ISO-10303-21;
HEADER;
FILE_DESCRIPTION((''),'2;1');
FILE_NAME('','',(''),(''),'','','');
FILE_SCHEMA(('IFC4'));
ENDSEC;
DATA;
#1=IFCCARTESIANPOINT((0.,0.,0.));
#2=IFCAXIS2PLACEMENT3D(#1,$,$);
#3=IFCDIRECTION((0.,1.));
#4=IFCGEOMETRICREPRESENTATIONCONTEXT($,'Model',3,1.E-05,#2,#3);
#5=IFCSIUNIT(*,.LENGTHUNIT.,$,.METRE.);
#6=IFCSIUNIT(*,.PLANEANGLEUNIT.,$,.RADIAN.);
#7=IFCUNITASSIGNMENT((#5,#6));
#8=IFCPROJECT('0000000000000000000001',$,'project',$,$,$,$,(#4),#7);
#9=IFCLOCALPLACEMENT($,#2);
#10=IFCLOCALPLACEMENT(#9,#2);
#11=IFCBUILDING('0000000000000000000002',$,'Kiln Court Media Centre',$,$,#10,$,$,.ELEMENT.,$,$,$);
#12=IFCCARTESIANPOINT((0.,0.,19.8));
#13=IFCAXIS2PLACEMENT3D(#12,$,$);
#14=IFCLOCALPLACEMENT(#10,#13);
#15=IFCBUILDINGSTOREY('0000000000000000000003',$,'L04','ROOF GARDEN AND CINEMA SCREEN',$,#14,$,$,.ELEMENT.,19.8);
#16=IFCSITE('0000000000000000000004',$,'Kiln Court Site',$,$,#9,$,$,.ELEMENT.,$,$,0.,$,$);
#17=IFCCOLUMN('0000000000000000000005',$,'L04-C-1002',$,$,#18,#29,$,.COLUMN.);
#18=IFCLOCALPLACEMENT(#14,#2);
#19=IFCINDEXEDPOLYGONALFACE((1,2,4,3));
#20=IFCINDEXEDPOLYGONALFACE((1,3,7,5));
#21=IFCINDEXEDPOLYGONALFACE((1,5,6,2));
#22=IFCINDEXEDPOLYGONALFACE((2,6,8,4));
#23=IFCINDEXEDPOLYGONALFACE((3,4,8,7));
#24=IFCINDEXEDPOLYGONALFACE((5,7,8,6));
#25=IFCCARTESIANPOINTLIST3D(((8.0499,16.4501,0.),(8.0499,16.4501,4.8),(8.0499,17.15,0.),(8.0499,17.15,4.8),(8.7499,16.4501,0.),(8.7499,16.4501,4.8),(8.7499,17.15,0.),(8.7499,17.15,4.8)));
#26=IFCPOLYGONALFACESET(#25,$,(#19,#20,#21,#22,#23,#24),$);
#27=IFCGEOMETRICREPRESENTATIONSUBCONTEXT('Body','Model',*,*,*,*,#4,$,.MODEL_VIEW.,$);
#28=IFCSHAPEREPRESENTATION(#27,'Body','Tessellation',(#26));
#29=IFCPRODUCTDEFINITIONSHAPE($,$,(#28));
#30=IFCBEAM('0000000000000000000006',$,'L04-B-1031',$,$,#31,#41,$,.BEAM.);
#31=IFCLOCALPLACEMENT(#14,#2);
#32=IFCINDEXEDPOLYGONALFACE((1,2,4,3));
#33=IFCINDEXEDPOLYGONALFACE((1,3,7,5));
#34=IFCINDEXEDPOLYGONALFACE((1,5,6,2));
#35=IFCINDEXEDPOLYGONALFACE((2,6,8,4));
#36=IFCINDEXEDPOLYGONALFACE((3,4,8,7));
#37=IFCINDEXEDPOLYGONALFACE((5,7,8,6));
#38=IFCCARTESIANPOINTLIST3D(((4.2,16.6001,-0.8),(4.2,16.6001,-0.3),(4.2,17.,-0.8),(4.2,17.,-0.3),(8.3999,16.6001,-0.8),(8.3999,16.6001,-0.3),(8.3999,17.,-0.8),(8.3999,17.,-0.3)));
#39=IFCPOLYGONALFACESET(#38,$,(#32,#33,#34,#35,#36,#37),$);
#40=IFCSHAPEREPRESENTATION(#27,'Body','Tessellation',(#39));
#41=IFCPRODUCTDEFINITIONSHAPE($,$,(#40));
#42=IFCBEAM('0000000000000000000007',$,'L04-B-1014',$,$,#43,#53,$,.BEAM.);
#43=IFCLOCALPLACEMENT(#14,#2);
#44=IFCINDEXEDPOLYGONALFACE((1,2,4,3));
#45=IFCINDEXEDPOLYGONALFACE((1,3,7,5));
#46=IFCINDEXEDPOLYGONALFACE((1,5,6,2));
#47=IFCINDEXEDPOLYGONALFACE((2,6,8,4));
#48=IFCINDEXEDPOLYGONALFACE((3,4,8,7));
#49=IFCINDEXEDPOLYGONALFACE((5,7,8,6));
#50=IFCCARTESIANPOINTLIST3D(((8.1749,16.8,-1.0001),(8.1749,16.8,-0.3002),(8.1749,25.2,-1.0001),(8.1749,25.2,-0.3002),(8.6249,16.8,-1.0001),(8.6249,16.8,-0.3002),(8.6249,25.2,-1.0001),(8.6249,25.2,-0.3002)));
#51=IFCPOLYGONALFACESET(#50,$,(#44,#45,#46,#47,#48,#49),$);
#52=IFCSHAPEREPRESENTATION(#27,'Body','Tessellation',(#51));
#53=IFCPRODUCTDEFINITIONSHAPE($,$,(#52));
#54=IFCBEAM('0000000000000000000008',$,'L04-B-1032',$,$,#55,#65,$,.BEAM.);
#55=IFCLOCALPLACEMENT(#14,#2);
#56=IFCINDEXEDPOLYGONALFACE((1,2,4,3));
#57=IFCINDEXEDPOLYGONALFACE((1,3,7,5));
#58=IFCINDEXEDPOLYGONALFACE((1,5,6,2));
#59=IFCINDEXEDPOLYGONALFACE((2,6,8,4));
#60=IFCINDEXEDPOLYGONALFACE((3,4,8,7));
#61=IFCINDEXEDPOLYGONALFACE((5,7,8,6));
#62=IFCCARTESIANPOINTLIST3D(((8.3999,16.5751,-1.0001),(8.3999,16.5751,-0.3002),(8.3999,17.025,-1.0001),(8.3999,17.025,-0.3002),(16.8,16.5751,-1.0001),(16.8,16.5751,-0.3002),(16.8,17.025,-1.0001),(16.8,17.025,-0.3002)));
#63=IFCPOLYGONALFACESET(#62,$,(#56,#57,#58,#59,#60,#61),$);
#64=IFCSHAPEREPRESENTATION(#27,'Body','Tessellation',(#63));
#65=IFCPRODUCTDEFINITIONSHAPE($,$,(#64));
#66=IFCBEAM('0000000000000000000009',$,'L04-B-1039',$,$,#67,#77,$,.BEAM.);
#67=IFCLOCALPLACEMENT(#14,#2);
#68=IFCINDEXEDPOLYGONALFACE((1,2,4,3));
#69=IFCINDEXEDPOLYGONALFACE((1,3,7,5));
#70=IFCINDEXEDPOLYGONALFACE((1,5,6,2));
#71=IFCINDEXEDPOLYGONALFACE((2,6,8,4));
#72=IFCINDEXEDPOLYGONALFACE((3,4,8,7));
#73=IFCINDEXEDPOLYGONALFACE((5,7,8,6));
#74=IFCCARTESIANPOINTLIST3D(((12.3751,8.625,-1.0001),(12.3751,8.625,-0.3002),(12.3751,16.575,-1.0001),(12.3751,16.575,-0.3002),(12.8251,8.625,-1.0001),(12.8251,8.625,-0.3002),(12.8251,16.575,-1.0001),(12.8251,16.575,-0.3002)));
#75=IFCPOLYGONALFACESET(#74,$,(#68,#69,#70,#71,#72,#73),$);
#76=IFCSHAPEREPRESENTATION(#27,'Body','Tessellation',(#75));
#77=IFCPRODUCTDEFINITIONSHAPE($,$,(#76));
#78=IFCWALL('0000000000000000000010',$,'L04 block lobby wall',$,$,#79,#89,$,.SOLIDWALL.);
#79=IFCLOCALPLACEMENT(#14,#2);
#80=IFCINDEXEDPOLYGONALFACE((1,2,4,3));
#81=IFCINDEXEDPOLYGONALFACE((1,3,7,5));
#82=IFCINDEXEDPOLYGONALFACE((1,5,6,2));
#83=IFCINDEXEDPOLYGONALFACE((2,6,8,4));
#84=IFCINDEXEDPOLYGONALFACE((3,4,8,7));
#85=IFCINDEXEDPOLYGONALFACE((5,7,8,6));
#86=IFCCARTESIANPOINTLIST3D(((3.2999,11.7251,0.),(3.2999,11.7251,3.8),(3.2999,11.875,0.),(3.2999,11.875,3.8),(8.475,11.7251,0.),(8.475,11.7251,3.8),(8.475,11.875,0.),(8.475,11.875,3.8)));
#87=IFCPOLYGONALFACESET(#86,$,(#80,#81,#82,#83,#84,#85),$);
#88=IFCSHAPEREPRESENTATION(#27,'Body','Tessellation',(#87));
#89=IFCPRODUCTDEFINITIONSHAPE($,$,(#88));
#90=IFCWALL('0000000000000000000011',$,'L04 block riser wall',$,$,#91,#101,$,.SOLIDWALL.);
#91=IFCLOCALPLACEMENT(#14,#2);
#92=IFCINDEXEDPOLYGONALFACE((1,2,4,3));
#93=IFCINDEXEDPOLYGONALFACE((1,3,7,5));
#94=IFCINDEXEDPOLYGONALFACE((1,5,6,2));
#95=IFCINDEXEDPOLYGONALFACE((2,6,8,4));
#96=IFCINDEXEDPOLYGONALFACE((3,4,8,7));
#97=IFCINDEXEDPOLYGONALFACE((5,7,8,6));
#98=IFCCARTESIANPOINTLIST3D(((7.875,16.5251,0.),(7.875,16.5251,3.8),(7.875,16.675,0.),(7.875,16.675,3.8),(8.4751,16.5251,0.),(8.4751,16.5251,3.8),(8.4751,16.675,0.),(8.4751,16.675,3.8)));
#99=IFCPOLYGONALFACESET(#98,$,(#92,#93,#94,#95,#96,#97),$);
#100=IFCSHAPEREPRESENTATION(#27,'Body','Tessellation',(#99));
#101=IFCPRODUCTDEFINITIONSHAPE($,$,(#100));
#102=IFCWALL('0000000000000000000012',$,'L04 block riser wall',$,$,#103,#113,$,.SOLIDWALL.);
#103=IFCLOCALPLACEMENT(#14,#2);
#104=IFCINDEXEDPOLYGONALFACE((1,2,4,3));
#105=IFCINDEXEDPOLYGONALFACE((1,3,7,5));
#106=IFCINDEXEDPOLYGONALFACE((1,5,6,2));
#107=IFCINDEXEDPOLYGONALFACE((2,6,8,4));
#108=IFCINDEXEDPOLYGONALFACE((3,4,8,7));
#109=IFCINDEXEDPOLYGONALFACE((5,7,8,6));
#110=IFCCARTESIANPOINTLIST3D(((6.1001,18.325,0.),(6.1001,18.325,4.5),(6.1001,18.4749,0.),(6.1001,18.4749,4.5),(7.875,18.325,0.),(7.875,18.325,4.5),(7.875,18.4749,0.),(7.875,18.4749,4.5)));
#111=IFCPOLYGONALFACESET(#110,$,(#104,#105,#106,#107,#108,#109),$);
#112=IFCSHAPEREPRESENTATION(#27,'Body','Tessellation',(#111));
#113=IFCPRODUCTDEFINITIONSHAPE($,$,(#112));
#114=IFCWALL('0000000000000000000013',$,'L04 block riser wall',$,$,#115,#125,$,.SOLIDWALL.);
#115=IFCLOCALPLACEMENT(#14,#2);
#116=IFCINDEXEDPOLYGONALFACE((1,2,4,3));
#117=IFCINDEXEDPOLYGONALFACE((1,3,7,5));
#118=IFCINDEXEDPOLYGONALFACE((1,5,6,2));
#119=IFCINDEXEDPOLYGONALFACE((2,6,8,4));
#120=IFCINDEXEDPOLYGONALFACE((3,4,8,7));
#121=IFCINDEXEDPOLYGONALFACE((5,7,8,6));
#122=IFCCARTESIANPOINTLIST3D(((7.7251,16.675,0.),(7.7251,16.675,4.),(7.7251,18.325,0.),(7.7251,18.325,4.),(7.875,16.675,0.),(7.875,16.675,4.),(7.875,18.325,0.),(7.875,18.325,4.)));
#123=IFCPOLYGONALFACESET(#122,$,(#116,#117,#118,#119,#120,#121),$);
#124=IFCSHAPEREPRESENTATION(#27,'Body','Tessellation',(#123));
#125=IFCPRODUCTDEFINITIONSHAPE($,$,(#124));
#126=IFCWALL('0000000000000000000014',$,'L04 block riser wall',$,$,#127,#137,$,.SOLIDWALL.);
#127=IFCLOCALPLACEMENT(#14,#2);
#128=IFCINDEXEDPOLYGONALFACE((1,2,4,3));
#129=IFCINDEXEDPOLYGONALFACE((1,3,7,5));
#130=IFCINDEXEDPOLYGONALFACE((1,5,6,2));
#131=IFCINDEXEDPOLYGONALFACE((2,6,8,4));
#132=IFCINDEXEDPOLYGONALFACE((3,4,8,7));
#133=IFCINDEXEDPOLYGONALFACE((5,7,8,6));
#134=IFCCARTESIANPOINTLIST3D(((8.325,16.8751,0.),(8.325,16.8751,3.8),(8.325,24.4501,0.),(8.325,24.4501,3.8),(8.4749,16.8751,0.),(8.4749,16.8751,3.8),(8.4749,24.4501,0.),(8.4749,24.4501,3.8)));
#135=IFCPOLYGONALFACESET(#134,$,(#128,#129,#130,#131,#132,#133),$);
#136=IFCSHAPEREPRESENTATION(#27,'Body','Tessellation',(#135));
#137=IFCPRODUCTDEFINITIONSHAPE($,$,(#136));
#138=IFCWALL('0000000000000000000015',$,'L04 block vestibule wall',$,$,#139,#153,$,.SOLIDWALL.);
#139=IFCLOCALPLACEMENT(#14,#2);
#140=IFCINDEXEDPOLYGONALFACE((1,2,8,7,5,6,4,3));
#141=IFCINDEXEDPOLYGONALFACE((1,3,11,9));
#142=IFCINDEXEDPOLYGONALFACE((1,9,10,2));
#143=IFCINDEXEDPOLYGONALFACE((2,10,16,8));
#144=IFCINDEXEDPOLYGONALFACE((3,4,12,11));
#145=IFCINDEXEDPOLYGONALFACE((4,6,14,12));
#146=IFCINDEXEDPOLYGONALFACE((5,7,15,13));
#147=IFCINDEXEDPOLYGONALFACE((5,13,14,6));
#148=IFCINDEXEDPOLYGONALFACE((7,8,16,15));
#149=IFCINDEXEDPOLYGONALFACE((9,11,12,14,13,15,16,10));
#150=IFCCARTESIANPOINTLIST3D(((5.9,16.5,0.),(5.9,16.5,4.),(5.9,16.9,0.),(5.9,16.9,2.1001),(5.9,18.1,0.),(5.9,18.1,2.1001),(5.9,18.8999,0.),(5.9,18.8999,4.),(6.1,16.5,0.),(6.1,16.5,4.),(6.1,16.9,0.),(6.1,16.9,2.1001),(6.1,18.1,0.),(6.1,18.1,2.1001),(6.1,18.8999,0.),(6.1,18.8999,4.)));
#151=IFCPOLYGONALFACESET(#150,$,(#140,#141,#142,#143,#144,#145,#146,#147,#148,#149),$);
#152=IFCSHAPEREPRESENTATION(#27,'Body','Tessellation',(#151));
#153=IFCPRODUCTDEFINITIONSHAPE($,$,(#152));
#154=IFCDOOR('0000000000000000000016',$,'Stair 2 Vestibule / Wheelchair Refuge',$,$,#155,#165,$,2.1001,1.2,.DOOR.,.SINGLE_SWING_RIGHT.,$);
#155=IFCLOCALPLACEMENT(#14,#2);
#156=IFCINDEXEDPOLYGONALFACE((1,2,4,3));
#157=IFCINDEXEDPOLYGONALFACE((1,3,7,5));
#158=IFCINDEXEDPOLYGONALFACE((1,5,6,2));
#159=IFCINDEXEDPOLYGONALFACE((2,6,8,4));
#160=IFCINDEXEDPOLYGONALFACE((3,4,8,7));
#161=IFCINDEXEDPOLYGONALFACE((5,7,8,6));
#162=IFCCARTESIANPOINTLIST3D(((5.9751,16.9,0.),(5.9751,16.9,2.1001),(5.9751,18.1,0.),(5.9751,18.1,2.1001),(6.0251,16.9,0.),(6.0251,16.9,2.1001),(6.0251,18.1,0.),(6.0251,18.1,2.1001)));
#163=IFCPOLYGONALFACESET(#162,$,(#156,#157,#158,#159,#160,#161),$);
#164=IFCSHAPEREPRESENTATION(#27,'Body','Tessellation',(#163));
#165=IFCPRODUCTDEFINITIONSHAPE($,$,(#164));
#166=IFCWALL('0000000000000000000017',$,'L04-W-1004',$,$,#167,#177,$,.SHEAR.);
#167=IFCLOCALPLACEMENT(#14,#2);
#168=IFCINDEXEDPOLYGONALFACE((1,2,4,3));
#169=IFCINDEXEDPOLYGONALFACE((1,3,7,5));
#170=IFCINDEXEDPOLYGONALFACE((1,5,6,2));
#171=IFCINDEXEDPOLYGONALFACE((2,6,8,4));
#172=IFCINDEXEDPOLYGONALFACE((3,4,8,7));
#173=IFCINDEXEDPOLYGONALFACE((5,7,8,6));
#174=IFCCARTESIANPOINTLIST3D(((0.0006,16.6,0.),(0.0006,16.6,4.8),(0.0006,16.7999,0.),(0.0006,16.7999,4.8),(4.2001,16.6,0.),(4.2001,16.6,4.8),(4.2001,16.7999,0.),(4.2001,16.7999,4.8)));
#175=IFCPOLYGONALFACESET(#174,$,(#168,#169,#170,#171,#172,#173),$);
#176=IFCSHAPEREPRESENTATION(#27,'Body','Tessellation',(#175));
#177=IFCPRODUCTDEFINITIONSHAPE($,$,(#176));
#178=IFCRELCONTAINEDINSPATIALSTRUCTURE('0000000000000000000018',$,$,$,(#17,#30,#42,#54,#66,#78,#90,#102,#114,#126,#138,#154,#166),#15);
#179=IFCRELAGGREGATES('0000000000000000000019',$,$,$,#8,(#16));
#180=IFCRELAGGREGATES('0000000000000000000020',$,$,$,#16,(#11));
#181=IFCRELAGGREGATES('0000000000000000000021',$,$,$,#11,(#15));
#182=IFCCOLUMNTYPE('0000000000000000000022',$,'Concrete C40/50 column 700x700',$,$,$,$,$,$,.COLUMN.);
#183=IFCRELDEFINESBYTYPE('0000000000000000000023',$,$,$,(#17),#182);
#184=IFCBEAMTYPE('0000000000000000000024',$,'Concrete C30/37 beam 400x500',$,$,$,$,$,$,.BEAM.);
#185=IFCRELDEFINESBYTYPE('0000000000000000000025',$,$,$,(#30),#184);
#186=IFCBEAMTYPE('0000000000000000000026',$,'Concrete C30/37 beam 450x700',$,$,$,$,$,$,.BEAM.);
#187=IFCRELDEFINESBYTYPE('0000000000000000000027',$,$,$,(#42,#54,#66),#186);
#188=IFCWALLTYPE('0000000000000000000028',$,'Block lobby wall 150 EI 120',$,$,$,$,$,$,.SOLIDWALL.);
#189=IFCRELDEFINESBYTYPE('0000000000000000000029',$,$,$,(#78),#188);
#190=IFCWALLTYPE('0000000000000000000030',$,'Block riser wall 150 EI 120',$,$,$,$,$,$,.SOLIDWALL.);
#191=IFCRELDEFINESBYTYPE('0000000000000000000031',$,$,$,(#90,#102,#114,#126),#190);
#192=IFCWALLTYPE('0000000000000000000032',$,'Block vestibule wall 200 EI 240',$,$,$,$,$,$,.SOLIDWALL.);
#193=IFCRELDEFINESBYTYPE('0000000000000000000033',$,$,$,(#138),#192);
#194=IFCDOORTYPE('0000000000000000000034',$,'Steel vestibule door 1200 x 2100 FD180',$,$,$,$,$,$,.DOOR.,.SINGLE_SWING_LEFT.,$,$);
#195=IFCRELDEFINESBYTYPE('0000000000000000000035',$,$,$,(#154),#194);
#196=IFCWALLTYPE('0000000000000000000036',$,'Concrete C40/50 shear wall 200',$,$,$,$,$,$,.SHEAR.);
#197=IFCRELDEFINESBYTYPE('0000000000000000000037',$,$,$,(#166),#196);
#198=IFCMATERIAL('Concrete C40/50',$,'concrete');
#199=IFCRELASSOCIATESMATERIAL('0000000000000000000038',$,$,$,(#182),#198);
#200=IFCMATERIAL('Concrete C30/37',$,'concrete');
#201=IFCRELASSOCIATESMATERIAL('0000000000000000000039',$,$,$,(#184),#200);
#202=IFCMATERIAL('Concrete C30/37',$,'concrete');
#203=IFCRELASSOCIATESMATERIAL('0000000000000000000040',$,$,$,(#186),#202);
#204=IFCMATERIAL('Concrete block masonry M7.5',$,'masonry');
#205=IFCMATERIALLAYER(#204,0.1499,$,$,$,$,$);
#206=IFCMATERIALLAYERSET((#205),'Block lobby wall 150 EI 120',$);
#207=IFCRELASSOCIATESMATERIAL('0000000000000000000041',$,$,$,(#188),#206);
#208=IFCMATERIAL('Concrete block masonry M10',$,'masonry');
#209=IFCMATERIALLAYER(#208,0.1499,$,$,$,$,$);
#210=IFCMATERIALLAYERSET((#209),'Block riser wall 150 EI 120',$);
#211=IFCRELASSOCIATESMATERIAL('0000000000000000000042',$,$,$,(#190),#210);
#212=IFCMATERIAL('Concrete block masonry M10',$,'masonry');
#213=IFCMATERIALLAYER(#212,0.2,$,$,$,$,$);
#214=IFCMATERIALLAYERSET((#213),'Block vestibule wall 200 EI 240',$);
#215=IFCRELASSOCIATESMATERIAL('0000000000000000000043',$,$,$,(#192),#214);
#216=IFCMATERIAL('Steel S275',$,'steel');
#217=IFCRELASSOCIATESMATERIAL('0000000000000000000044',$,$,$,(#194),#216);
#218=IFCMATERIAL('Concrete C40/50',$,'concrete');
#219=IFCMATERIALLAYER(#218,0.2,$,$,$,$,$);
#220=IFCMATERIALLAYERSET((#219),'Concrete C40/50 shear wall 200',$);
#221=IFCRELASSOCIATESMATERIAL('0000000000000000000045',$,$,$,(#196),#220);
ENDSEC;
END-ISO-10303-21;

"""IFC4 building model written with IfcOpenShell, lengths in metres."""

from ifc_helpers import new_model, si_unit, direction, frame, frame_2d, origin, origin_2d, place, context, subcontext, project, spatial, rectangle, extrude, material, layer, layer_set, material_profile, profile_set, type_object, element, fill, save


model = new_model("IFC4")

# Units and contexts
model_context = context("Model", 3, precision=1e-05, world=origin(), true_north=direction((0.0, 1.0)))
body_context = subcontext(model_context, "Body", "Model", "MODEL_VIEW")
ifc_project = project(units=[si_unit("LENGTHUNIT", "METRE"), si_unit("PLANEANGLEUNIT", "RADIAN")], contexts=[model_context])

# Site, building, storey
site_placement = place(None, origin())
site = spatial("IfcSite", under=ifc_project, at=site_placement, Name="Kiln Court Site", CompositionType="ELEMENT", RefElevation=0.0)
building_placement = place(site_placement, origin())
building = spatial("IfcBuilding", under=site, at=building_placement, Name="Kiln Court Media Centre", CompositionType="ELEMENT")
storey_placement = place(building_placement, frame((0.0, 0.0, 19.8)))
storey = spatial("IfcBuildingStorey", under=building, at=storey_placement, Name="L04", Description="ROOF GARDEN AND CINEMA SCREEN", CompositionType="ELEMENT", Elevation=19.8)

# Column
ifc_material_1 = material(Name="Concrete C40/50", Category="concrete")
ifc_material_profile_1 = material_profile(ifc_material_1, rectangle(XDim=0.7, YDim=0.7, at=origin_2d()), Name="RC 700x700")
ifc_profile_set_1 = profile_set([ifc_material_profile_1], Name="Concrete C40/50")
column_type = type_object("IfcColumnType", Name="Concrete C40/50 column 700x700", PredefinedType="COLUMN", material=ifc_profile_set_1)
column_placement = place(storey_placement, frame((8.3999, 16.8, 0.0), z_axis=(0.0, 0.0, 1.0), x_axis=(1.0, 0.0, 0.0)))
element("IfcColumn", 1, at=column_placement, inside=storey, type_object=column_type, Name="L04-C-1002", PredefinedType="COLUMN", context=body_context, shape_type="SweptSolid", body=[
    extrude(rectangle(XDim=0.7, YDim=0.7, at=origin_2d()), origin(), (0.0, 0.0, 1.0), 4.8),
])

# Beams
ifc_material_2 = material(Name="Concrete C30/37", Category="concrete")
ifc_material_profile_2 = material_profile(ifc_material_2, rectangle(XDim=0.3999, YDim=0.5, at=origin_2d()), Name="RC 400x500")
ifc_profile_set_2 = profile_set([ifc_material_profile_2], Name="Concrete C30/37")
beam_type_1 = type_object("IfcBeamType", Name="Concrete C30/37 beam 400x500", PredefinedType="BEAM", material=ifc_profile_set_2)
beam_1_placement = place(storey_placement, frame((4.2, 16.8, -0.55), z_axis=(1.0, 0.0, 0.0), x_axis=(0.0, 1.0, 0.0)))
element("IfcBeam", 2, at=beam_1_placement, inside=storey, type_object=beam_type_1, Name="L04-B-1031", PredefinedType="BEAM", context=body_context, shape_type="SweptSolid", body=[
    extrude(rectangle(XDim=0.3999, YDim=0.5, at=origin_2d()), origin(), (0.0, 0.0, 1.0), 4.2),
])
ifc_material_3 = material(Name="Concrete C30/37", Category="concrete")
ifc_material_profile_3 = material_profile(ifc_material_3, rectangle(XDim=0.45, YDim=0.7, at=origin_2d()), Name="RC 450x700")
ifc_profile_set_3 = profile_set([ifc_material_profile_3], Name="Concrete C30/37")
beam_type_2 = type_object("IfcBeamType", Name="Concrete C30/37 beam 450x700", PredefinedType="BEAM", material=ifc_profile_set_3)
beam_2_placement = place(storey_placement, frame((8.3999, 16.8, -0.6501), z_axis=(0.0, 1.0, 0.0), x_axis=(-1.0, 0.0, 0.0)))
element("IfcBeam", 3, at=beam_2_placement, inside=storey, type_object=beam_type_2, Name="L04-B-1014", PredefinedType="BEAM", context=body_context, shape_type="SweptSolid", body=[
    extrude(rectangle(XDim=0.45, YDim=0.7, at=origin_2d()), origin(), (0.0, 0.0, 1.0), 8.3999),
])
beam_3_placement = place(storey_placement, frame((8.3999, 16.8, -0.6501), z_axis=(1.0, 0.0, 0.0), x_axis=(0.0, 1.0, 0.0)))
element("IfcBeam", 4, at=beam_3_placement, inside=storey, type_object=beam_type_2, Name="L04-B-1032", PredefinedType="BEAM", context=body_context, shape_type="SweptSolid", body=[
    extrude(rectangle(XDim=0.45, YDim=0.7, at=origin_2d()), origin(), (0.0, 0.0, 1.0), 8.4001),
])
beam_4_placement = place(storey_placement, frame((12.6001, 16.575, -0.6501), z_axis=(0.0, -1.0, 0.0), x_axis=(1.0, 0.0, 0.0)))
element("IfcBeam", 5, at=beam_4_placement, inside=storey, type_object=beam_type_2, Name="L04-B-1039", PredefinedType="BEAM", context=body_context, shape_type="SweptSolid", body=[
    extrude(rectangle(XDim=0.45, YDim=0.7, at=origin_2d()), origin(), (0.0, 0.0, 1.0), 7.95),
])

# Walls
ifc_material_4 = material(Name="Concrete block masonry M7.5", Category="masonry")
ifc_layer_1 = layer(ifc_material_4, 0.1499)
ifc_layer_set_1 = layer_set([ifc_layer_1], Name="Block lobby wall 150 EI 120")
wall_type_1 = type_object("IfcWallType", Name="Block lobby wall 150 EI 120", PredefinedType="SOLIDWALL", material=ifc_layer_set_1)
wall_1_placement = place(storey_placement, frame((3.3, 11.8, 0.0), z_axis=(0.0, 0.0, 1.0), x_axis=(1.0, 0.0, 0.0)))
element("IfcWall", 6, at=wall_1_placement, inside=storey, type_object=wall_type_1, Name="L04 block lobby wall", PredefinedType="SOLIDWALL", context=body_context, shape_type="SweptSolid", body=[
    extrude(rectangle(XDim=5.175, YDim=0.1499, at=frame_2d((2.5874, 0.0))), origin(), (0.0, 0.0, 1.0), 3.8),
])
ifc_material_5 = material(Name="Concrete block masonry M10", Category="masonry")
ifc_layer_2 = layer(ifc_material_5, 0.1499)
ifc_layer_set_2 = layer_set([ifc_layer_2], Name="Block riser wall 150 EI 120")
wall_type_2 = type_object("IfcWallType", Name="Block riser wall 150 EI 120", PredefinedType="SOLIDWALL", material=ifc_layer_set_2)
wall_2_placement = place(storey_placement, frame((7.875, 16.6001, 0.0), z_axis=(0.0, 0.0, 1.0), x_axis=(1.0, 0.0, 0.0)))
element("IfcWall", 7, at=wall_2_placement, inside=storey, type_object=wall_type_2, Name="L04 block riser wall", PredefinedType="SOLIDWALL", context=body_context, shape_type="SweptSolid", body=[
    extrude(rectangle(XDim=0.6001, YDim=0.1499, at=frame_2d((0.3, 0.0))), origin(), (0.0, 0.0, 1.0), 3.8),
])
wall_3_placement = place(storey_placement, frame((6.1001, 18.3999, 0.0), z_axis=(0.0, 0.0, 1.0), x_axis=(1.0, 0.0, 0.0)))
element("IfcWall", 8, at=wall_3_placement, inside=storey, type_object=wall_type_2, Name="L04 block riser wall", PredefinedType="SOLIDWALL", context=body_context, shape_type="SweptSolid", body=[
    extrude(rectangle(XDim=1.7749, YDim=0.1499, at=frame_2d((0.8875, 0.0))), origin(), (0.0, 0.0, 1.0), 4.5),
])
wall_4_placement = place(storey_placement, frame((7.8, 16.675, 0.0), z_axis=(0.0, 0.0, 1.0), x_axis=(0.0, 1.0, 0.0)))
element("IfcWall", 9, at=wall_4_placement, inside=storey, type_object=wall_type_2, Name="L04 block riser wall", PredefinedType="SOLIDWALL", context=body_context, shape_type="SweptSolid", body=[
    extrude(rectangle(XDim=1.6499, YDim=0.1499, at=frame_2d((0.825, 0.0))), origin(), (0.0, 0.0, 1.0), 4.0),
])
wall_5_placement = place(storey_placement, frame((8.3999, 16.875, 0.0), z_axis=(0.0, 0.0, 1.0), x_axis=(0.0, 1.0, 0.0)))
element("IfcWall", 10, at=wall_5_placement, inside=storey, type_object=wall_type_2, Name="L04 block riser wall", PredefinedType="SOLIDWALL", context=body_context, shape_type="SweptSolid", body=[
    extrude(rectangle(XDim=7.575, YDim=0.1499, at=frame_2d((3.7876, 0.0))), origin(), (0.0, 0.0, 1.0), 3.8),
])

# Wall, opening, door
ifc_material_6 = material(Name="Concrete block masonry M10", Category="masonry")
ifc_layer_3 = layer(ifc_material_6, 0.2)
ifc_layer_set_3 = layer_set([ifc_layer_3], Name="Block vestibule wall 200 EI 240")
wall_type_3 = type_object("IfcWallType", Name="Block vestibule wall 200 EI 240", PredefinedType="SOLIDWALL", material=ifc_layer_set_3)
wall_6_placement = place(storey_placement, frame((6.0, 16.5, 0.0), z_axis=(0.0, 0.0, 1.0), x_axis=(0.0, 1.0, 0.0)))
wall_6 = element("IfcWall", 11, at=wall_6_placement, inside=storey, type_object=wall_type_3, Name="L04 block vestibule wall", PredefinedType="SOLIDWALL", context=body_context, shape_type="SweptSolid", body=[
    extrude(rectangle(XDim=2.3999, YDim=0.2, at=frame_2d((1.2, 0.0))), origin(), (0.0, 0.0, 1.0), 4.0),
])
opening_1_placement = place(wall_6_placement, frame((0.3999, 0.0, 0.0)))
opening_1 = element("IfcOpeningElement", 12, at=opening_1_placement, cuts=wall_6, PredefinedType="OPENING", context=body_context, shape_type="SweptSolid", body=[
    extrude(rectangle(XDim=1.2, YDim=2.1001, at=frame_2d((0.6001, 1.05))), frame((0.0, 0.1099, 0.0), z_axis=(0.0, -1.0, 0.0), x_axis=(1.0, 0.0, 0.0)), (0.0, 0.0, 1.0), 0.22),
])
ifc_material_7 = material(Name="Steel S275", Category="steel")
door_type_1 = type_object("IfcDoorType", Name="Steel vestibule door 1200 x 2100 FD180", OperationType="SINGLE_SWING_LEFT", PredefinedType="DOOR", material=ifc_material_7)
door_1_placement = place(opening_1_placement, origin())
door_1 = element("IfcDoor", 13, at=door_1_placement, inside=storey, type_object=door_type_1, Name="Stair 2 Vestibule / Wheelchair Refuge", OperationType="SINGLE_SWING_RIGHT", OverallHeight=2.1001, OverallWidth=1.2, PredefinedType="DOOR", context=body_context, shape_type="SweptSolid", body=[
    extrude(rectangle(XDim=1.2, YDim=2.1001, at=frame_2d((0.6001, 1.05))), frame((0.0, 0.0249, 0.0), z_axis=(0.0, -1.0, 0.0), x_axis=(1.0, 0.0, 0.0)), (0.0, 0.0, 1.0), 0.05),
])
fill(opening_1, door_1)

# Wall
ifc_material_8 = material(Name="Concrete C40/50", Category="concrete")
ifc_layer_4 = layer(ifc_material_8, 0.2)
ifc_layer_set_4 = layer_set([ifc_layer_4], Name="Concrete C40/50 shear wall 200")
wall_type_4 = type_object("IfcWallType", Name="Concrete C40/50 shear wall 200", PredefinedType="SHEAR", material=ifc_layer_set_4)
wall_7_placement = place(storey_placement, frame((4.2, 16.7, 0.0), z_axis=(0.0, 0.0, 1.0), x_axis=(-1.0, 0.0, 0.0)))
element("IfcWall", 14, at=wall_7_placement, inside=storey, type_object=wall_type_4, Name="L04-W-1004", PredefinedType="SHEAR", context=body_context, shape_type="SweptSolid", body=[
    extrude(rectangle(XDim=4.1995, YDim=0.2, at=frame_2d((2.0996, 0.0))), origin(), (0.0, 0.0, 1.0), 4.8),
])

save(model, "model.ifc")
